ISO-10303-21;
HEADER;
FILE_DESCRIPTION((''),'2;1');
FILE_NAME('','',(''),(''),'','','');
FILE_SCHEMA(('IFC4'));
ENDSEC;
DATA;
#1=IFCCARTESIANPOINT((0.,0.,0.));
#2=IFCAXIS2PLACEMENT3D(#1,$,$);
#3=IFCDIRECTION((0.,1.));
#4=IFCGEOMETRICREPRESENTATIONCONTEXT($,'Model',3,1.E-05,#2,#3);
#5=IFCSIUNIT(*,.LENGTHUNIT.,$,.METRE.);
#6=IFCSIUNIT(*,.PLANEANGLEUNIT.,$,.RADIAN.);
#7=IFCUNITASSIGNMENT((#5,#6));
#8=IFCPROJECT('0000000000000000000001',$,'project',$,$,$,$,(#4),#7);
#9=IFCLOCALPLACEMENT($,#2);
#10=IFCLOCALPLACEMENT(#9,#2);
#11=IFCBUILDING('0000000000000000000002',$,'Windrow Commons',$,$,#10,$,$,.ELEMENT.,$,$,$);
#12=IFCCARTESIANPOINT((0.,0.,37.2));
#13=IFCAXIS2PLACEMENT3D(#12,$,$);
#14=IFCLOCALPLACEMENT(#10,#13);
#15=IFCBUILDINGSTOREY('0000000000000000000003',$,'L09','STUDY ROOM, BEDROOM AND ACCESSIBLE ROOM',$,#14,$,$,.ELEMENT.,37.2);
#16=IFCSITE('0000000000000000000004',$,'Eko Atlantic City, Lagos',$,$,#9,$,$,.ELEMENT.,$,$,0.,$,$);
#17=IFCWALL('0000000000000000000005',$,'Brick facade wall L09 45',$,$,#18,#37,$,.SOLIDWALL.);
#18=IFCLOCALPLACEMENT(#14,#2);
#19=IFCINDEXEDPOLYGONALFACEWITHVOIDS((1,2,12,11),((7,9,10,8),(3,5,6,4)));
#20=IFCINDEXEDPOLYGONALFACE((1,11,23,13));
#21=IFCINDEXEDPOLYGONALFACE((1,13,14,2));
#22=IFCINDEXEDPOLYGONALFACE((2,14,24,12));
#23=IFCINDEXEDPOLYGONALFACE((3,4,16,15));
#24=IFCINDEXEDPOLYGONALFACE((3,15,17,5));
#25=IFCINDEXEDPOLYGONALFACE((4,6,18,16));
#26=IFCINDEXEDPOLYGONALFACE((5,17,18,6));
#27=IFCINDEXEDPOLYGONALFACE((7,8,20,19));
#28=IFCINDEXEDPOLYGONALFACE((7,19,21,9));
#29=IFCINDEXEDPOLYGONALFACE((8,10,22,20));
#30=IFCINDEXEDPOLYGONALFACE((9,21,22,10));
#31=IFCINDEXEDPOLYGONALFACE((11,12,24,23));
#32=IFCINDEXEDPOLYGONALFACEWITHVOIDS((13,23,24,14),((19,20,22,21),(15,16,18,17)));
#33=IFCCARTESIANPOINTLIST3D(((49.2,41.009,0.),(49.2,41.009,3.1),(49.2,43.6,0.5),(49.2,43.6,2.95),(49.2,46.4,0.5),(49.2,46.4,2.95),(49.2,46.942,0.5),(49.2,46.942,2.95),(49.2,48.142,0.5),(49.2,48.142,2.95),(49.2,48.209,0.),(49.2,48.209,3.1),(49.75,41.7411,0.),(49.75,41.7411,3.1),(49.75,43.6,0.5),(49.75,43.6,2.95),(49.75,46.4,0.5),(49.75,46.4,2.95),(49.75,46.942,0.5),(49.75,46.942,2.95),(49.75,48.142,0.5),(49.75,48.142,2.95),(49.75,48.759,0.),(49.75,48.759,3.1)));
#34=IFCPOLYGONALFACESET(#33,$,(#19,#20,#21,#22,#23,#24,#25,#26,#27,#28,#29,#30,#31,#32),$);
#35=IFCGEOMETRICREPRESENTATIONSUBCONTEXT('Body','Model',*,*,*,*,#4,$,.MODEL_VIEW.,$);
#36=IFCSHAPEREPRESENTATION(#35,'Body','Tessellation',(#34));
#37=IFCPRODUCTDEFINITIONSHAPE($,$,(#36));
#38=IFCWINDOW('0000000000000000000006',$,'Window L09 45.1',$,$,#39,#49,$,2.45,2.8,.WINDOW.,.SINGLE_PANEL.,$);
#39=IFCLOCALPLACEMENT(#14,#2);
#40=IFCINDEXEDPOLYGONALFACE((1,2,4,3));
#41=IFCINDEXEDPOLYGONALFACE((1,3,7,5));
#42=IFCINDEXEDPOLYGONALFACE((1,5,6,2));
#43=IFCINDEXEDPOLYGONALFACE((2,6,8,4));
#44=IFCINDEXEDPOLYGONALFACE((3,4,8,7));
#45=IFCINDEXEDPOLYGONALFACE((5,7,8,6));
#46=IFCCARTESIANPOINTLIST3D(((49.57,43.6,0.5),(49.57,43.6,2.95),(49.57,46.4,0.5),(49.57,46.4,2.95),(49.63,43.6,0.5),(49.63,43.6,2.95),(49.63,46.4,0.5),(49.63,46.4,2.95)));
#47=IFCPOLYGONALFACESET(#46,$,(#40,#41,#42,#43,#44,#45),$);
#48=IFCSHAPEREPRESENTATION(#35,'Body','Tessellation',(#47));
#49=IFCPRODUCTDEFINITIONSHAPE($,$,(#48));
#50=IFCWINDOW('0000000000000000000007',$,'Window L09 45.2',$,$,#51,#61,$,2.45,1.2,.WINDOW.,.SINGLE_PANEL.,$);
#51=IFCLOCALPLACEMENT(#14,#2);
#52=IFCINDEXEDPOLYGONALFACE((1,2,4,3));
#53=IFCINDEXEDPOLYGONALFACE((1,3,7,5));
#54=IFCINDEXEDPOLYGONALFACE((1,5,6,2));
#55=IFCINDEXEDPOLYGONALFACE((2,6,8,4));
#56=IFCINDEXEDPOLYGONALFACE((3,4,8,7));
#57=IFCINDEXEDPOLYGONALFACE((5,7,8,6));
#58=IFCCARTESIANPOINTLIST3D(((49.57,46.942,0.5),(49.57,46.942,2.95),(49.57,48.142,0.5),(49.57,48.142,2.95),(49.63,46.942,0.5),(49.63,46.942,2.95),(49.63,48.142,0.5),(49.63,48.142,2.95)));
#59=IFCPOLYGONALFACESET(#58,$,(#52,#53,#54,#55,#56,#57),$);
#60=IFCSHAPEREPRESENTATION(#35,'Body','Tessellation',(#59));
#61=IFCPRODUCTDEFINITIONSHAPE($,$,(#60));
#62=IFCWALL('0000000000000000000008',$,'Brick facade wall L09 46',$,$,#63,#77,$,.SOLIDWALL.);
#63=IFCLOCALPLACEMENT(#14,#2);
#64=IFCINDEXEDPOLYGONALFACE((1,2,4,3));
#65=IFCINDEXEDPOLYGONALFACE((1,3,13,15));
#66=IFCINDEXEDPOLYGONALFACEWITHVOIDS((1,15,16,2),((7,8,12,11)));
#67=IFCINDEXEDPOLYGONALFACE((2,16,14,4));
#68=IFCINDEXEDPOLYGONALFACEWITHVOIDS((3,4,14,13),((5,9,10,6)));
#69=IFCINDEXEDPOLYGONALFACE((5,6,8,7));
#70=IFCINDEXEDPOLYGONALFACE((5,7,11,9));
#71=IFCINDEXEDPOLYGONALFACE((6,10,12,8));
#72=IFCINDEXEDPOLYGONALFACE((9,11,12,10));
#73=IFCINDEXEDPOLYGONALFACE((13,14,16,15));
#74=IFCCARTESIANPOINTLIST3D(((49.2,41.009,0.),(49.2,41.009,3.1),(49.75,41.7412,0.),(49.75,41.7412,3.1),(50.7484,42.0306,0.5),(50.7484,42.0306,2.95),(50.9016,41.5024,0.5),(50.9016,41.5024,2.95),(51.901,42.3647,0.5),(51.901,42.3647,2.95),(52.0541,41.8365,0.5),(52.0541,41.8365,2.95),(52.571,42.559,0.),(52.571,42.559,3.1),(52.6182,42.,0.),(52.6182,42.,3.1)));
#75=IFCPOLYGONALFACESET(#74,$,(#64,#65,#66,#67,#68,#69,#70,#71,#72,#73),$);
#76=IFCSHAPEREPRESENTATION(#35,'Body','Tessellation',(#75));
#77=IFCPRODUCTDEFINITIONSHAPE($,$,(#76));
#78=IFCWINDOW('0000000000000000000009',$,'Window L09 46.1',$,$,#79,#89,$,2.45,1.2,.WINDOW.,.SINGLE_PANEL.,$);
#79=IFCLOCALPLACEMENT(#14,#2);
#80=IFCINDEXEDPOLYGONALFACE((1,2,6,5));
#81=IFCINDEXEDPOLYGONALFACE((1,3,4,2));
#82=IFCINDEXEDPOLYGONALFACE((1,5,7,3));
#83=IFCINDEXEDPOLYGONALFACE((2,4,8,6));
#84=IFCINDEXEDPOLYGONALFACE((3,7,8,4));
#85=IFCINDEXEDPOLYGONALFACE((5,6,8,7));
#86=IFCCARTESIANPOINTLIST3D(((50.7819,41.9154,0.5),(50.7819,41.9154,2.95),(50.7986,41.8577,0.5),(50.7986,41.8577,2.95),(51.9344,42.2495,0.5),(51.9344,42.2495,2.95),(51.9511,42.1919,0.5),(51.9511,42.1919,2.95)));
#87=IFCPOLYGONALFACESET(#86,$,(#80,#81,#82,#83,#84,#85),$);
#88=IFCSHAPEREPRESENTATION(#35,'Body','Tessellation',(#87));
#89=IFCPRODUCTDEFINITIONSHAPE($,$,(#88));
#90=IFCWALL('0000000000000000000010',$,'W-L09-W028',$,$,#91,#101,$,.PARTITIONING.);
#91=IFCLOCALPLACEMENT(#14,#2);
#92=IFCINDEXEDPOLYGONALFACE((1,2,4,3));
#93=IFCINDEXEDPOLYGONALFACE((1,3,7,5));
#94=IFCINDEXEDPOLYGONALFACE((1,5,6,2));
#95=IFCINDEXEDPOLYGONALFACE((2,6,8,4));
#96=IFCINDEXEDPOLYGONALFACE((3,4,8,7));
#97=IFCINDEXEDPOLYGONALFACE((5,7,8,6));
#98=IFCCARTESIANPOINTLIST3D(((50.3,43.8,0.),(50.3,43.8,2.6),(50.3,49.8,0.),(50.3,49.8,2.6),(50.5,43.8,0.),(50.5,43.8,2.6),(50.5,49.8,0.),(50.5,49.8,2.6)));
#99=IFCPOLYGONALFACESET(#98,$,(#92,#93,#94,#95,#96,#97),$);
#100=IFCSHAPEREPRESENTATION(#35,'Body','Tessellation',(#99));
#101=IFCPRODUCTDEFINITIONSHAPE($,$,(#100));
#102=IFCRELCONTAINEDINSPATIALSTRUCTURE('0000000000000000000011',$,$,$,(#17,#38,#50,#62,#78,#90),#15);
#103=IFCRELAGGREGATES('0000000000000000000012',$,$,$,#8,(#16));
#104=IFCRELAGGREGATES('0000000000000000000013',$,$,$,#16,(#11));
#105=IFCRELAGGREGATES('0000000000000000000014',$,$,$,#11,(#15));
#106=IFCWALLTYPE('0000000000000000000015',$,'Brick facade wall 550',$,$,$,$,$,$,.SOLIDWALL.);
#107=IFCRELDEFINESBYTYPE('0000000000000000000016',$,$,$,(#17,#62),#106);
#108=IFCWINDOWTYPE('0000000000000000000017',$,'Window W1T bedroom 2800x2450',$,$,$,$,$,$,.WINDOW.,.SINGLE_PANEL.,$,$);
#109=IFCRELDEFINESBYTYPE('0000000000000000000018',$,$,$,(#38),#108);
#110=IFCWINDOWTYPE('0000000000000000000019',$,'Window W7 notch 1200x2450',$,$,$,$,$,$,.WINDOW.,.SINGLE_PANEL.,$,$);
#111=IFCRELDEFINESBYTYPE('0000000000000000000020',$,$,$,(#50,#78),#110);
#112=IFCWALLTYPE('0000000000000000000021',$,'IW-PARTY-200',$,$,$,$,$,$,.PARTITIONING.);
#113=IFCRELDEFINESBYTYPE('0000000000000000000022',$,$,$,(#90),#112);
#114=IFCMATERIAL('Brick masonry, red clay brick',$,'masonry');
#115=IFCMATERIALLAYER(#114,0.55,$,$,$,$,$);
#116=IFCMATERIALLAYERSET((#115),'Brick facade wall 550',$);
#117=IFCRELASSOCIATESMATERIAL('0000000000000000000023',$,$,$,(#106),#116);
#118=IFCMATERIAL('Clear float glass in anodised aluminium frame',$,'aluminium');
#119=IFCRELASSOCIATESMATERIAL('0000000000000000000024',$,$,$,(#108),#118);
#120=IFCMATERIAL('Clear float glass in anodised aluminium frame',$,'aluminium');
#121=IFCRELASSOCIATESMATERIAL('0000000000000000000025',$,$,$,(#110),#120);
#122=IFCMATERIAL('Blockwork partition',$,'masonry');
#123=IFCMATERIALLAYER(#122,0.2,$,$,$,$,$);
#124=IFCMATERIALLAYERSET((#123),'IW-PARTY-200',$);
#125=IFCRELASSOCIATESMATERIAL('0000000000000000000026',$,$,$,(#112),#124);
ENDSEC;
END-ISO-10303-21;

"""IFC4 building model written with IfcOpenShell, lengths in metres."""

from ifc_helpers import new_model, si_unit, direction, frame, frame_2d, origin, place, context, subcontext, project, spatial, polyline, rectangle, outline, extrude, material, layer, layer_set, type_object, element, fill, save


model = new_model("IFC4")

# Units and contexts
model_context = context("Model", 3, precision=1e-05, world=origin(), true_north=direction((0.0, 1.0)))
body_context = subcontext(model_context, "Body", "Model", "MODEL_VIEW")
ifc_project = project(units=[si_unit("LENGTHUNIT", "METRE"), si_unit("PLANEANGLEUNIT", "RADIAN")], contexts=[model_context])

# Site, building, storey
site_placement = place(None, origin())
site = spatial("IfcSite", under=ifc_project, at=site_placement, Name="Eko Atlantic City, Lagos", CompositionType="ELEMENT", RefElevation=0.0)
building_placement = place(site_placement, origin())
building = spatial("IfcBuilding", under=site, at=building_placement, Name="Windrow Commons", CompositionType="ELEMENT")
storey_placement = place(building_placement, frame((0.0, 0.0, 37.2)))
storey = spatial("IfcBuildingStorey", under=building, at=storey_placement, Name="L09", Description="STUDY ROOM, BEDROOM AND ACCESSIBLE ROOM", CompositionType="ELEMENT", Elevation=37.2)

# Wall, openings, windows
ifc_material_1 = material(Name="Brick masonry, red clay brick", Category="masonry")
ifc_layer_1 = layer(ifc_material_1, 0.55)
ifc_layer_set_1 = layer_set([ifc_layer_1], Name="Brick facade wall 550")
wall_type_1 = type_object("IfcWallType", Name="Brick facade wall 550", PredefinedType="SOLIDWALL", material=ifc_layer_set_1)
ifc_material_2 = material(Name="Clear float glass in anodised aluminium frame", Category="aluminium")
window_type_1 = type_object("IfcWindowType", Name="Window W1T bedroom 2800x2450", PartitioningType="SINGLE_PANEL", PredefinedType="WINDOW", material=ifc_material_2)
ifc_material_3 = material(Name="Clear float glass in anodised aluminium frame", Category="aluminium")
window_type_2 = type_object("IfcWindowType", Name="Window W7 notch 1200x2450", PartitioningType="SINGLE_PANEL", PredefinedType="WINDOW", material=ifc_material_3)
wall_1_placement = place(storey_placement, frame((49.475, 48.484, 0.0), z_axis=(0.0, 0.0, 1.0), x_axis=(0.0, -1.0, 0.0)))
wall_1 = element("IfcWall", 1, at=wall_1_placement, inside=storey, type_object=wall_type_1, Name="Brick facade wall L09 45", PredefinedType="SOLIDWALL", context=body_context, shape_type="SweptSolid", body=[
    extrude(outline(polyline([(0.275, -0.275), (7.475, -0.275), (6.7429, 0.275), (-0.275, 0.275), (0.275, -0.275)])), origin(), (0.0, 0.0, 1.0), 3.1),
])
opening_1_placement = place(wall_1_placement, frame((2.084, 0.0, 0.5)))
opening_1 = element("IfcOpeningElement", 2, at=opening_1_placement, cuts=wall_1, PredefinedType="OPENING", context=body_context, shape_type="SweptSolid", body=[
    extrude(rectangle(XDim=2.8, YDim=2.45, at=frame_2d((1.4, 1.225))), frame((0.0, 0.285, 0.0), z_axis=(0.0, -1.0, 0.0), x_axis=(1.0, 0.0, 0.0)), (0.0, 0.0, 1.0), 0.57),
])
opening_2_placement = place(wall_1_placement, frame((0.342, 0.0, 0.5)))
opening_2 = element("IfcOpeningElement", 3, at=opening_2_placement, cuts=wall_1, PredefinedType="OPENING", context=body_context, shape_type="SweptSolid", body=[
    extrude(rectangle(XDim=1.2, YDim=2.45, at=frame_2d((0.6, 1.225))), frame((0.0, 0.285, 0.0), z_axis=(0.0, -1.0, 0.0), x_axis=(1.0, 0.0, 0.0)), (0.0, 0.0, 1.0), 0.57),
])
window_1_placement = place(opening_1_placement, origin())
window_1 = element("IfcWindow", 4, at=window_1_placement, inside=storey, type_object=window_type_1, Name="Window L09 45.1", OverallHeight=2.45, OverallWidth=2.8, PartitioningType="SINGLE_PANEL", PredefinedType="WINDOW", context=body_context, shape_type="SweptSolid", body=[
    extrude(rectangle(XDim=2.8, YDim=2.45, at=frame_2d((1.4, 1.225))), frame((0.0, 0.155, 0.0), z_axis=(0.0, -1.0, 0.0), x_axis=(1.0, 0.0, 0.0)), (0.0, 0.0, 1.0), 0.06),
])
fill(opening_1, window_1)
window_2_placement = place(opening_2_placement, origin())
window_2 = element("IfcWindow", 5, at=window_2_placement, inside=storey, type_object=window_type_2, Name="Window L09 45.2", OverallHeight=2.45, OverallWidth=1.2, PartitioningType="SINGLE_PANEL", PredefinedType="WINDOW", context=body_context, shape_type="SweptSolid", body=[
    extrude(rectangle(XDim=1.2, YDim=2.45, at=frame_2d((0.6, 1.225))), frame((0.0, 0.155, 0.0), z_axis=(0.0, -1.0, 0.0), x_axis=(1.0, 0.0, 0.0)), (0.0, 0.0, 1.0), 0.06),
])
fill(opening_2, window_2)

# Wall, opening, window
wall_2_placement = place(storey_placement, frame((49.475, 41.3751, 0.0), z_axis=(0.0, 0.0, 1.0), x_axis=(0.960453, 0.278444, 0.0)))
wall_2 = element("IfcWall", 6, at=wall_2_placement, inside=storey, type_object=wall_type_1, Name="Brick facade wall L09 46", PredefinedType="SOLIDWALL", context=body_context, shape_type="SweptSolid", body=[
    extrude(outline(polyline([(-0.3661, -0.275), (3.1929, -0.275), (3.3032, 0.275), (0.3661, 0.275), (-0.3661, -0.275)])), origin(), (0.0, 0.0, 1.0), 3.1),
])
opening_3_placement = place(wall_2_placement, frame((1.4056, 0.0, 0.5)))
opening_3 = element("IfcOpeningElement", 7, at=opening_3_placement, cuts=wall_2, PredefinedType="OPENING", context=body_context, shape_type="SweptSolid", body=[
    extrude(rectangle(XDim=1.2, YDim=2.45, at=frame_2d((0.6, 1.225))), frame((0.0, 0.285, 0.0), z_axis=(0.0, -1.0, 0.0), x_axis=(1.0, 0.0, 0.0)), (0.0, 0.0, 1.0), 0.57),
])
window_3_placement = place(opening_3_placement, origin())
window_3 = element("IfcWindow", 8, at=window_3_placement, inside=storey, type_object=window_type_2, Name="Window L09 46.1", OverallHeight=2.45, OverallWidth=1.2, PartitioningType="SINGLE_PANEL", PredefinedType="WINDOW", context=body_context, shape_type="SweptSolid", body=[
    extrude(rectangle(XDim=1.2, YDim=2.45, at=frame_2d((0.6, 1.225))), frame((0.0, 0.155, 0.0), z_axis=(0.0, -1.0, 0.0), x_axis=(1.0, 0.0, 0.0)), (0.0, 0.0, 1.0), 0.06),
])
fill(opening_3, window_3)

# Wall
ifc_material_4 = material(Name="Blockwork partition", Category="masonry")
ifc_layer_2 = layer(ifc_material_4, 0.2)
ifc_layer_set_2 = layer_set([ifc_layer_2], Name="IW-PARTY-200")
wall_type_2 = type_object("IfcWallType", Name="IW-PARTY-200", PredefinedType="PARTITIONING", material=ifc_layer_set_2)
wall_3_placement = place(storey_placement, frame((50.4, 43.8, 0.0), z_axis=(0.0, 0.0, 1.0), x_axis=(0.0, 1.0, 0.0)))
element("IfcWall", 9, at=wall_3_placement, inside=storey, type_object=wall_type_2, Name="W-L09-W028", PredefinedType="PARTITIONING", context=body_context, shape_type="SweptSolid", body=[
    extrude(rectangle(XDim=6.0, YDim=0.2, at=frame_2d((3.0, 0.0))), origin(), (0.0, 0.0, 1.0), 2.6),
])

save(model, "model.ifc")
